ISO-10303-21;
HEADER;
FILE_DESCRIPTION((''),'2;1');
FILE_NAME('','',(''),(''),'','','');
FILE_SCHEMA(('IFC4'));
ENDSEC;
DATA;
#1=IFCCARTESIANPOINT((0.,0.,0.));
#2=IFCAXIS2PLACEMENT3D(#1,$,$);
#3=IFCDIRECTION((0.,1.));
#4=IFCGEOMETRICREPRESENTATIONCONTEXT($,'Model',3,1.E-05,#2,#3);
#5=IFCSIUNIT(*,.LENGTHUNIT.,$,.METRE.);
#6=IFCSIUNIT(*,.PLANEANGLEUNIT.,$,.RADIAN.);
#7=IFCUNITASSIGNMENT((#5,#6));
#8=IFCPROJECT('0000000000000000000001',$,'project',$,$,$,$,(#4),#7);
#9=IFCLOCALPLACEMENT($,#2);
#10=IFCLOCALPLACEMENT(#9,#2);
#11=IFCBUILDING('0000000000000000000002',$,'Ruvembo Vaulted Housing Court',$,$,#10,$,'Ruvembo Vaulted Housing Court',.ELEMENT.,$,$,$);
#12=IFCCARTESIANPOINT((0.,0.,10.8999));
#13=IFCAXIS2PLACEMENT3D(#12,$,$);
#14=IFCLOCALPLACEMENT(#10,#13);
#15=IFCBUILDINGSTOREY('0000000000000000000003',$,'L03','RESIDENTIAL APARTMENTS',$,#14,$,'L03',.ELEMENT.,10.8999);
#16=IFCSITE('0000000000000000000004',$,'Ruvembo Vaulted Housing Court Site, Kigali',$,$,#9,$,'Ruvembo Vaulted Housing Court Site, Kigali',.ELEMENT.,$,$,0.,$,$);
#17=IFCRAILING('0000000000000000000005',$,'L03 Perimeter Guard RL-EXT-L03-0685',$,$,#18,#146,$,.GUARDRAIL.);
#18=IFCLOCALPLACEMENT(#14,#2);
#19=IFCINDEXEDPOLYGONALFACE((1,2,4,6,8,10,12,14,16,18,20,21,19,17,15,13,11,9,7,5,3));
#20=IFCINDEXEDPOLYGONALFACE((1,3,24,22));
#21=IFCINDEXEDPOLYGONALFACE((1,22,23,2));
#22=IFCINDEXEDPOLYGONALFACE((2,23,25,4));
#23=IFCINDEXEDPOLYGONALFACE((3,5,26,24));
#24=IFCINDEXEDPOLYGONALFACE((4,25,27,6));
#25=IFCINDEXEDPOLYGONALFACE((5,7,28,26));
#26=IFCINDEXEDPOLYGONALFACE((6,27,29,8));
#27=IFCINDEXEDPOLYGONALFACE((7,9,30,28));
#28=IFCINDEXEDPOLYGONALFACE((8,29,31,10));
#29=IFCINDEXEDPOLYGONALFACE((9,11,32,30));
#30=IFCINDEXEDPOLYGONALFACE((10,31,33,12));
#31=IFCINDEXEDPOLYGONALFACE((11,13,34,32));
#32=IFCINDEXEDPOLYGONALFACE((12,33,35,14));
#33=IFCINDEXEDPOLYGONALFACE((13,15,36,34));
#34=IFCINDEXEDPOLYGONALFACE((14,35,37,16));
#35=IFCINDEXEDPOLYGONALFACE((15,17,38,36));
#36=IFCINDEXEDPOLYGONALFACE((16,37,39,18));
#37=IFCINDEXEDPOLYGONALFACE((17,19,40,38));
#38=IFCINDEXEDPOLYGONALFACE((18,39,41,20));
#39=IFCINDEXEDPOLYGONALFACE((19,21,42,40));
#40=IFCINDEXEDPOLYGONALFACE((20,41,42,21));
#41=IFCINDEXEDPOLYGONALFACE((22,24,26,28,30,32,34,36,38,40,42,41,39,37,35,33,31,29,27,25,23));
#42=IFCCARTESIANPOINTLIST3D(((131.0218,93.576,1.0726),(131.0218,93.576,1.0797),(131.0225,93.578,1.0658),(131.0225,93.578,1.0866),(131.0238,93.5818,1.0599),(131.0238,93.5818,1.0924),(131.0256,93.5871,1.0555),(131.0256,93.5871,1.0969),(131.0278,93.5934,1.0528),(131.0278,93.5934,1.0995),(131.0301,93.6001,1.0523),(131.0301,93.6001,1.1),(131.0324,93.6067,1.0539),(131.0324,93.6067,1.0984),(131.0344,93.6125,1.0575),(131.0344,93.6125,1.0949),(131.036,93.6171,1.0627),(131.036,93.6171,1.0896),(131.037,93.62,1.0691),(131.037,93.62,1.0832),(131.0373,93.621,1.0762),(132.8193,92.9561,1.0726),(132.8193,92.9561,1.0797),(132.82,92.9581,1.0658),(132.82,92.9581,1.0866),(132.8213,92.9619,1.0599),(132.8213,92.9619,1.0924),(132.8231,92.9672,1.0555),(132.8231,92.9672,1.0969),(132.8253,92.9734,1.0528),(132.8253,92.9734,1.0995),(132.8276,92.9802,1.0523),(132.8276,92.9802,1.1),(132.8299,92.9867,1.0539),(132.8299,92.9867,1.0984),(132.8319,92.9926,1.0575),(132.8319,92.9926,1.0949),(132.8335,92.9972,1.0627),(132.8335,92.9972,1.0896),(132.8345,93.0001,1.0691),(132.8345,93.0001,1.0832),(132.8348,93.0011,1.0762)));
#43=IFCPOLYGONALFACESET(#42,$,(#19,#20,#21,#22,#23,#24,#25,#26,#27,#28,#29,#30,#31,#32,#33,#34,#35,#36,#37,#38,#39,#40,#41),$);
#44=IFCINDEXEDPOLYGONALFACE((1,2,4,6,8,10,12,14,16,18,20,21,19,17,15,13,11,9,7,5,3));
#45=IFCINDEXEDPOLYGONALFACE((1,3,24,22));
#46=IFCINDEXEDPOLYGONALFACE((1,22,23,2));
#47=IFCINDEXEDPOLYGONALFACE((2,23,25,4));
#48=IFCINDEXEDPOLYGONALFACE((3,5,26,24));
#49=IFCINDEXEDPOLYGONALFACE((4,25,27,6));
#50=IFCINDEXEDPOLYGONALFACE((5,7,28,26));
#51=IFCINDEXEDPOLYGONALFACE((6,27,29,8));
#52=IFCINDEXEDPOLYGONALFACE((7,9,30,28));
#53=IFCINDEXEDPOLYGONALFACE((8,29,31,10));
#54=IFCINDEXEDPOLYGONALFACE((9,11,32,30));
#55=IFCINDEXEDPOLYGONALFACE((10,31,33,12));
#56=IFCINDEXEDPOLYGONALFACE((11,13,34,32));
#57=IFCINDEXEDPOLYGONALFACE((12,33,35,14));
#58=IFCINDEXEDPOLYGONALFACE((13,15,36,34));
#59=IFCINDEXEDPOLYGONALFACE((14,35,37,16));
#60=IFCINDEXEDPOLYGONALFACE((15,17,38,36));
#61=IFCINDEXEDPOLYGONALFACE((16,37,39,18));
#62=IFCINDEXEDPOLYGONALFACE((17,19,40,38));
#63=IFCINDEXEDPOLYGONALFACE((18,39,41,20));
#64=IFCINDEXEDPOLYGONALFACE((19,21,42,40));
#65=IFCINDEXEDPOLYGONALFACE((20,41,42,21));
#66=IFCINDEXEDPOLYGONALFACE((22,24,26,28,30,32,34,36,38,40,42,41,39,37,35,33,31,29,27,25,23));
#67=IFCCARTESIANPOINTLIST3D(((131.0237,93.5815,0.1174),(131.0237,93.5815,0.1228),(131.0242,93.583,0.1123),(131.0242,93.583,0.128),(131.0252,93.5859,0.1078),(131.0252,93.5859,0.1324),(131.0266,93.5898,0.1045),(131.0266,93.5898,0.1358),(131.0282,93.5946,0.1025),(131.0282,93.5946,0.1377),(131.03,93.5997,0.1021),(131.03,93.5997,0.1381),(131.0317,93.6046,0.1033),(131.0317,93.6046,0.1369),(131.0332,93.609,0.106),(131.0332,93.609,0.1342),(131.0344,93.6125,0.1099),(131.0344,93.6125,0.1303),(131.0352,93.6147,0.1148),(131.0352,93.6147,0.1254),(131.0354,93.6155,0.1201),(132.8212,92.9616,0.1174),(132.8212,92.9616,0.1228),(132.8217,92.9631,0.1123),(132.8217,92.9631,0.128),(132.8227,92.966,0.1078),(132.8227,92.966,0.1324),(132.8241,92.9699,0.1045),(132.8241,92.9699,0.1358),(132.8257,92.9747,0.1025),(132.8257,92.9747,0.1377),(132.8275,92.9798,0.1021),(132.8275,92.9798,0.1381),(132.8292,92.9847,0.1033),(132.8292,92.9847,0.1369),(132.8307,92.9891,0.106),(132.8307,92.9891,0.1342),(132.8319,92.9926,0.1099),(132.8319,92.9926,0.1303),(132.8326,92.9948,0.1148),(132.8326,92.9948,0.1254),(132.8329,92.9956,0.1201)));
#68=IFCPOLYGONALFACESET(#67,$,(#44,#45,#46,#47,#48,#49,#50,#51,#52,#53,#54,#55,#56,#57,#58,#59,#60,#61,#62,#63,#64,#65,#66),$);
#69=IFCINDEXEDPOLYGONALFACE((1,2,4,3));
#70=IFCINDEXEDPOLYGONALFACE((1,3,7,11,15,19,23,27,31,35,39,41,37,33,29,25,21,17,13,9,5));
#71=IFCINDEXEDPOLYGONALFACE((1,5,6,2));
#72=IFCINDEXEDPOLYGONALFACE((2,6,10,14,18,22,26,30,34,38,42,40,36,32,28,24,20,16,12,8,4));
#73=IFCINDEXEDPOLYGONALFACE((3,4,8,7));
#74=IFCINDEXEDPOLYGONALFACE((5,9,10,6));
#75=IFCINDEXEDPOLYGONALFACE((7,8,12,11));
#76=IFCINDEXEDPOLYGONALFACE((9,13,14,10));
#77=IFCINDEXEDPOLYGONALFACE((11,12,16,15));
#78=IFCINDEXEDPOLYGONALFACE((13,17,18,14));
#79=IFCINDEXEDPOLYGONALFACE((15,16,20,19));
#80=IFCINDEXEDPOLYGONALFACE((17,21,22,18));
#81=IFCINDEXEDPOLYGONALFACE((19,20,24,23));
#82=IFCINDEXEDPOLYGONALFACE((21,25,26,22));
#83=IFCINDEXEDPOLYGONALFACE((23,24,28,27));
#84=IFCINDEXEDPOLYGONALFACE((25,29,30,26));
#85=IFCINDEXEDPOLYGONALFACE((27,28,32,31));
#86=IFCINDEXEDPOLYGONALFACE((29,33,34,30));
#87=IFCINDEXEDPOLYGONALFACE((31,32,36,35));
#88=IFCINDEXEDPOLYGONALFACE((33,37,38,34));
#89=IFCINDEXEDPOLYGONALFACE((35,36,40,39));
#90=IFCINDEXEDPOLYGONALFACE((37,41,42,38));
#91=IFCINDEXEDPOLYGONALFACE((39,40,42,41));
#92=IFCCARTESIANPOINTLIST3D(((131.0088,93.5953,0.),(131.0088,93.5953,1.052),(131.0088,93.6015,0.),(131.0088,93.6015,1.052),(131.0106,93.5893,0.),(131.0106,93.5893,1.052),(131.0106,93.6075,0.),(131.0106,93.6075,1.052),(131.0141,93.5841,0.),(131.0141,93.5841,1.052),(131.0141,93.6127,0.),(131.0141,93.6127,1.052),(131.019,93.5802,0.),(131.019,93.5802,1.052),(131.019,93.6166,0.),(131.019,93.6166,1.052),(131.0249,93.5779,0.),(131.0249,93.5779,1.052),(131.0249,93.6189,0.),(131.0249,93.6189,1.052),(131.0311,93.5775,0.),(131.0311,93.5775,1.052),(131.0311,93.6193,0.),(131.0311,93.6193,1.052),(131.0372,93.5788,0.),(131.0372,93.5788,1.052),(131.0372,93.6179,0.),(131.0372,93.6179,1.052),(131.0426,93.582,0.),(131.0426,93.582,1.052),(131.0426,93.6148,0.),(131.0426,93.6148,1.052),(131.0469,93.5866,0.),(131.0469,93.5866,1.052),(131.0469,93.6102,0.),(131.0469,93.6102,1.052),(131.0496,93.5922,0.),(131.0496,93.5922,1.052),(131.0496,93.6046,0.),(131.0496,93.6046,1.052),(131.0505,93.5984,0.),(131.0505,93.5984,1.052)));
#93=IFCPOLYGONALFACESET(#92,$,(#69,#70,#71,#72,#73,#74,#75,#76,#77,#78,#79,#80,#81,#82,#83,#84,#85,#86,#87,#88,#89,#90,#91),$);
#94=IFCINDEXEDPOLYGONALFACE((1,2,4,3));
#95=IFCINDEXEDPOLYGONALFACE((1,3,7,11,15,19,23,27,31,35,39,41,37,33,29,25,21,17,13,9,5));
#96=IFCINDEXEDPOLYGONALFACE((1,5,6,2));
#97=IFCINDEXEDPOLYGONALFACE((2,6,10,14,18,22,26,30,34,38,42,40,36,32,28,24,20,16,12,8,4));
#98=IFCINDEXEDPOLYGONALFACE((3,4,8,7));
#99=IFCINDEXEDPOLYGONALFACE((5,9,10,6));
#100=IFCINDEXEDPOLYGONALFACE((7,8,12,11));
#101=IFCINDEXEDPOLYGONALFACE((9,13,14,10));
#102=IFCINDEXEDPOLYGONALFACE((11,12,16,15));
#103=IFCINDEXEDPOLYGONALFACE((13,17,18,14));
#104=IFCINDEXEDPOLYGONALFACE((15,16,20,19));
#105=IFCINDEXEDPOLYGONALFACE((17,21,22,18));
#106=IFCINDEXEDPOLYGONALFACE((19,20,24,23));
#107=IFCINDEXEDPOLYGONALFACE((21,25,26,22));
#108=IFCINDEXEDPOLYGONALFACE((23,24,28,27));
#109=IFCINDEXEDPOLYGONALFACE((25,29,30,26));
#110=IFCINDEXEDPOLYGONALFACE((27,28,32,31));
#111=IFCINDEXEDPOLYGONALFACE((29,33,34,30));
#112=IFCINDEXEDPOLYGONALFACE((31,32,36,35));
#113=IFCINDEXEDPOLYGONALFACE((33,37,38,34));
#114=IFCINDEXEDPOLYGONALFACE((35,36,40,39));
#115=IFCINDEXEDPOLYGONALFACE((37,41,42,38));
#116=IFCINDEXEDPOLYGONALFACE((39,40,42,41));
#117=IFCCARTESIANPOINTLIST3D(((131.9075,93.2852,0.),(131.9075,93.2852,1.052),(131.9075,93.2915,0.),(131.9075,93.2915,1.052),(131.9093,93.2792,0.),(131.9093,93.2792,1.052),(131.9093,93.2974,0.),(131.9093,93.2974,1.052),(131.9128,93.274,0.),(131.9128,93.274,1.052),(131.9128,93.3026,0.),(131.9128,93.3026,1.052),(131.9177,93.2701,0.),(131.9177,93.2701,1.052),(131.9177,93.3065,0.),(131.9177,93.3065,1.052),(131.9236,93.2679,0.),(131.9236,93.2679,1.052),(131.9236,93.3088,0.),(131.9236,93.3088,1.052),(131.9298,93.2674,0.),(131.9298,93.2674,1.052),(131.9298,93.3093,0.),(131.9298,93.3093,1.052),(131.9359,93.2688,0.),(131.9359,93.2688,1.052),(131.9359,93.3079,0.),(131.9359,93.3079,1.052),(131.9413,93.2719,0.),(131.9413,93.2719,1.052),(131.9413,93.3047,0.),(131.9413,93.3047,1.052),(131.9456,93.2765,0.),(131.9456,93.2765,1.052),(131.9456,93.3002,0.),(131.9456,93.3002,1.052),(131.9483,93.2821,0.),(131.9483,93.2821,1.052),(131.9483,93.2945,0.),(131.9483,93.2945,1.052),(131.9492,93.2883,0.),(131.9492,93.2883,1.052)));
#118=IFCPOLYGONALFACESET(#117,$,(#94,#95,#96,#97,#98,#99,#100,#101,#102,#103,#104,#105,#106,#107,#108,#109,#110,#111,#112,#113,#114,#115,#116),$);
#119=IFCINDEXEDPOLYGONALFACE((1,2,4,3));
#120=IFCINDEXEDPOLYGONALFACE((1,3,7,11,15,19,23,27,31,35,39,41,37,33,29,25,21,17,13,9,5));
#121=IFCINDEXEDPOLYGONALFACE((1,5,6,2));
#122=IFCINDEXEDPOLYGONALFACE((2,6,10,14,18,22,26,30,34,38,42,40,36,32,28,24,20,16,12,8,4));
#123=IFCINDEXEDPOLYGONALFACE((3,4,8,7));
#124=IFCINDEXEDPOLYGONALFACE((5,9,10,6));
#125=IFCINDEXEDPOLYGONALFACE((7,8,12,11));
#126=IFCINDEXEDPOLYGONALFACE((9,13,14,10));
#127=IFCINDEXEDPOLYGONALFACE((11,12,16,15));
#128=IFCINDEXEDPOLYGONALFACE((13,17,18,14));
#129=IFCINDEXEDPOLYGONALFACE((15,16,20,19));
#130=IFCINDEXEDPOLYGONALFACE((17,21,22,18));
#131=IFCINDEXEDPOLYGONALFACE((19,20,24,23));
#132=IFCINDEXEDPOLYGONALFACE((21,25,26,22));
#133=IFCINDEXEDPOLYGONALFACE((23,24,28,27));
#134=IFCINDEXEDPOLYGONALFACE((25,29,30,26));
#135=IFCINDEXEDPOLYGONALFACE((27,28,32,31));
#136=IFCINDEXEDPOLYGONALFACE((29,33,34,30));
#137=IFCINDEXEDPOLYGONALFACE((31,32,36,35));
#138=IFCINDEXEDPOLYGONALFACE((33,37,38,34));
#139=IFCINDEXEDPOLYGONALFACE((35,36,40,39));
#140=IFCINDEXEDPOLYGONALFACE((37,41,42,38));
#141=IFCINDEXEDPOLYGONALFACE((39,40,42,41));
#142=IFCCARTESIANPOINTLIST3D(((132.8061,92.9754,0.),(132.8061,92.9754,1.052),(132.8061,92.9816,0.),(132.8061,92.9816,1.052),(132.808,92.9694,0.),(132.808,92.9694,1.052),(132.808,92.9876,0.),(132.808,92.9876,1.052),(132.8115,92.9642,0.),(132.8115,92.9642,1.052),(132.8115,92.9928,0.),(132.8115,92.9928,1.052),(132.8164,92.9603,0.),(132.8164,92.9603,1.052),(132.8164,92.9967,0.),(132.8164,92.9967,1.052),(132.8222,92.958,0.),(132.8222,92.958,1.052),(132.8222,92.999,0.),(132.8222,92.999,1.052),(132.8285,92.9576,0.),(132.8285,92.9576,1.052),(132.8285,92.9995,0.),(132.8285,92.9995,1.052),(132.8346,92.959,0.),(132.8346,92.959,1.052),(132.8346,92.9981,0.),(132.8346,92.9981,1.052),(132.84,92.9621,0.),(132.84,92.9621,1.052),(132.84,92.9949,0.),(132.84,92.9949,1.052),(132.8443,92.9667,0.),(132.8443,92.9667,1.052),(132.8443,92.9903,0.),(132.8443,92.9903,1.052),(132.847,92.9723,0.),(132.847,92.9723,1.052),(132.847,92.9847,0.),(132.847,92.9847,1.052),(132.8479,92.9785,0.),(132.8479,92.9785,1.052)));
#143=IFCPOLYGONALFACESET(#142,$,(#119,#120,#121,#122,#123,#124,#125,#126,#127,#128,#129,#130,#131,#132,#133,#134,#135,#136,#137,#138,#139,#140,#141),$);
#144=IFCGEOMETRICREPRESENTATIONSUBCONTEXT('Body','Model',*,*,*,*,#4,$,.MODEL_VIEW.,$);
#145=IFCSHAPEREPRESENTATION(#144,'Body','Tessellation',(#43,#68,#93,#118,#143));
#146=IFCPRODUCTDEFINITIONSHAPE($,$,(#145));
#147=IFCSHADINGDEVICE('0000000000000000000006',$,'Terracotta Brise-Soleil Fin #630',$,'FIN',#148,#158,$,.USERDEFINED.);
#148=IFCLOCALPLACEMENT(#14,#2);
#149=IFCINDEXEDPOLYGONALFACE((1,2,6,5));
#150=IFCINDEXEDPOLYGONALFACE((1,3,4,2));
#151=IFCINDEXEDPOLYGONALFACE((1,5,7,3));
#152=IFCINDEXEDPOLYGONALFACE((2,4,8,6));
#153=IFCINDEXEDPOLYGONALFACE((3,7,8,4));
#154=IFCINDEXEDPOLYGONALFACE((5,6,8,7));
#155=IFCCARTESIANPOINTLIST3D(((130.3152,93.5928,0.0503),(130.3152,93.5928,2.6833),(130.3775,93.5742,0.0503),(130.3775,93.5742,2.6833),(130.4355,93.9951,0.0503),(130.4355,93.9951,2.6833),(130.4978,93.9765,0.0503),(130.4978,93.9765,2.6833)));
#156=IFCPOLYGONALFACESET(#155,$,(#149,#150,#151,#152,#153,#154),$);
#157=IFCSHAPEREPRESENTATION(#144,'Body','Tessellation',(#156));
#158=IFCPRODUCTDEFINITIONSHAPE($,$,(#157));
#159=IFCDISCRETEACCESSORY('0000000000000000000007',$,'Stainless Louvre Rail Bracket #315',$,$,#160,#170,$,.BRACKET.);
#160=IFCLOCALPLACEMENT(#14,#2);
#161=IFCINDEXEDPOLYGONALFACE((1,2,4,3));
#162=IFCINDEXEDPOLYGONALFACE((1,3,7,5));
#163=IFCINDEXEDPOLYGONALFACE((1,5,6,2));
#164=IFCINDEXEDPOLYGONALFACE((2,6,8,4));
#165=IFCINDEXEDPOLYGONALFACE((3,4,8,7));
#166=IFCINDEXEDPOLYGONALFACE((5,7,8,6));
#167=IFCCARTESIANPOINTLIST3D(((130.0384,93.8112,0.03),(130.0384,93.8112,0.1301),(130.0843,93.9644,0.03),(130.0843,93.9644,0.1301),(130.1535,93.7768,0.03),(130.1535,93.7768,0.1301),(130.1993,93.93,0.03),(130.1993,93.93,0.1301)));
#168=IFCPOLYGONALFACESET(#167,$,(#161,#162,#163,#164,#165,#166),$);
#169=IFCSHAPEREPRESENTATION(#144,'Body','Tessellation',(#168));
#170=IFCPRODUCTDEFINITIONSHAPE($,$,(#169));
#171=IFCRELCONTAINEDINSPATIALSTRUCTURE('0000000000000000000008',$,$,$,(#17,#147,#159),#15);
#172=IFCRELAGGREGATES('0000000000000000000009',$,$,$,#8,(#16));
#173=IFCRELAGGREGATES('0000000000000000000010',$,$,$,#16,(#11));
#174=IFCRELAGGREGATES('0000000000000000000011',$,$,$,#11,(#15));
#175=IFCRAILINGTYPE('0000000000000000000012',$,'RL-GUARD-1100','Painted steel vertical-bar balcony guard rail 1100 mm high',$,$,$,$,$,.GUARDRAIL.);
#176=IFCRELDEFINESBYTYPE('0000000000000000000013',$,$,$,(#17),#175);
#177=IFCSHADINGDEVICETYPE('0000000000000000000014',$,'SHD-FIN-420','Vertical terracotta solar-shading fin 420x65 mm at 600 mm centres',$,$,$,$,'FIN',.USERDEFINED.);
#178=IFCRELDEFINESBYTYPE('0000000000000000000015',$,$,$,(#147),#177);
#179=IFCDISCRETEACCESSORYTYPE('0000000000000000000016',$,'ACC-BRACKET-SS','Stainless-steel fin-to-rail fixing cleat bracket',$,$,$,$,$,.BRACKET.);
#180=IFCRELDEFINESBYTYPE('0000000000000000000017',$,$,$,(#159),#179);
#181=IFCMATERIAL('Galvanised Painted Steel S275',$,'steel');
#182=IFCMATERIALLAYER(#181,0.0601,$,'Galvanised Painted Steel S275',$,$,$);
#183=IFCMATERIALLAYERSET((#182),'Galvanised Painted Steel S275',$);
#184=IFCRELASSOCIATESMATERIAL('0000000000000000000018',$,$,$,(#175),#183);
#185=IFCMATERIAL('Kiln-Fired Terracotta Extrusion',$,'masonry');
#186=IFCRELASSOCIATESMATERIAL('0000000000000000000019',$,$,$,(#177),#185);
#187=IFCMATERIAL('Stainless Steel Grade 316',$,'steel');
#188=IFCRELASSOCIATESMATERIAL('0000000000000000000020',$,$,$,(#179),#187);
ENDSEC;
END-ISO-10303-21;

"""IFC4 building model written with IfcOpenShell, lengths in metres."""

from ifc_helpers import new_model, si_unit, direction, frame, origin, origin_2d, place, context, subcontext, project, spatial, rectangle, circle, extrude, material, layer, layer_set, type_object, element, save


model = new_model("IFC4")

# Units and contexts
model_context = context("Model", 3, precision=1e-05, world=origin(), true_north=direction((0.0, 1.0)))
body_context = subcontext(model_context, "Body", "Model", "MODEL_VIEW")
ifc_project = project(units=[si_unit("LENGTHUNIT", "METRE"), si_unit("PLANEANGLEUNIT", "RADIAN")], contexts=[model_context])

# Site, building, storey
site_placement = place(None, origin())
site = spatial("IfcSite", under=ifc_project, at=site_placement, Name="Ruvembo Vaulted Housing Court Site, Kigali", LongName="Ruvembo Vaulted Housing Court Site, Kigali", CompositionType="ELEMENT", RefElevation=0.0)
building_placement = place(site_placement, origin())
building = spatial("IfcBuilding", under=site, at=building_placement, Name="Ruvembo Vaulted Housing Court", LongName="Ruvembo Vaulted Housing Court", CompositionType="ELEMENT")
storey_placement = place(building_placement, frame((0.0, 0.0, 10.8999)))
storey = spatial("IfcBuildingStorey", under=building, at=storey_placement, Name="L03", Description="RESIDENTIAL APARTMENTS", LongName="L03", CompositionType="ELEMENT", Elevation=10.8999)

# Railing
ifc_material_1 = material(Name="Galvanised Painted Steel S275", Category="steel")
ifc_layer_1 = layer(ifc_material_1, 0.0601, Name="Galvanised Painted Steel S275")
ifc_layer_set_1 = layer_set([ifc_layer_1], Name="Galvanised Painted Steel S275")
railing_type_1 = type_object("IfcRailingType", Name="RL-GUARD-1100", Description="Painted steel vertical-bar balcony guard rail 1100 mm high", PredefinedType="GUARDRAIL", material=ifc_layer_set_1)
railing_1_placement = place(storey_placement, frame((131.0295, 93.5984, 0.0)))
element("IfcRailing", 1, at=railing_1_placement, inside=storey, type_object=railing_type_1, Name="L03 Perimeter Guard RL-EXT-L03-0685", PredefinedType="GUARDRAIL", context=body_context, shape_type="SweptSolid", body=[
    extrude(circle(Radius=0.0239, at=origin_2d()), frame((0.0, 0.0, 1.0762), z_axis=(0.945358, -0.326034, 0.0), x_axis=(0.326034, 0.945358, 0.0)), (0.0, 0.0, 1.0), 1.9014),
    extrude(circle(Radius=0.0181, at=origin_2d()), frame((0.0, 0.0, 0.1201), z_axis=(0.945358, -0.326034, 0.0), x_axis=(0.326034, 0.945358, 0.0)), (0.0, 0.0, 1.0), 1.9014),
    extrude(circle(Radius=0.021, at=origin_2d()), origin(), (0.0, 0.0, 1.0), 1.052),
    extrude(circle(Radius=0.021, at=origin_2d()), frame((0.8987, -0.3101, 0.0)), (0.0, 0.0, 1.0), 1.052),
    extrude(circle(Radius=0.021, at=origin_2d()), frame((1.7974, -0.6199, 0.0)), (0.0, 0.0, 1.0), 1.052),
])

# Shading device
ifc_material_2 = material(Name="Kiln-Fired Terracotta Extrusion", Category="masonry")
shading_device_type = type_object("IfcShadingDeviceType", Name="SHD-FIN-420", Description="Vertical terracotta solar-shading fin 420x65 mm at 600 mm centres", ElementType="FIN", PredefinedType="USERDEFINED", material=ifc_material_2)
shading_device_placement = place(storey_placement, frame((130.4065, 93.7847, 0.0503), z_axis=(0.0, 0.0, 1.0), x_axis=(-0.286491, -0.958083, 0.0)))
element("IfcShadingDevice", 2, at=shading_device_placement, inside=storey, type_object=shading_device_type, Name="Terracotta Brise-Soleil Fin #630", ObjectType="FIN", PredefinedType="USERDEFINED", context=body_context, shape_type="SweptSolid", body=[
    extrude(rectangle(XDim=0.4199, YDim=0.0649, at=origin_2d()), origin(), (0.0, 0.0, 1.0), 2.6331),
])

# Discrete accessory
ifc_material_3 = material(Name="Stainless Steel Grade 316", Category="steel")
discrete_accessory_type = type_object("IfcDiscreteAccessoryType", Name="ACC-BRACKET-SS", Description="Stainless-steel fin-to-rail fixing cleat bracket", PredefinedType="BRACKET", material=ifc_material_3)
discrete_accessory_placement = place(storey_placement, frame((130.1189, 93.8706, 0.03), z_axis=(0.0, 0.0, 1.0), x_axis=(-0.286491, -0.958083, 0.0)))
element("IfcDiscreteAccessory", 3, at=discrete_accessory_placement, inside=storey, type_object=discrete_accessory_type, Name="Stainless Louvre Rail Bracket #315", PredefinedType="BRACKET", context=body_context, shape_type="SweptSolid", body=[
    extrude(rectangle(XDim=0.1599, YDim=0.1201, at=origin_2d()), origin(), (0.0, 0.0, 1.0), 0.1001),
])

save(model, "model.ifc")
